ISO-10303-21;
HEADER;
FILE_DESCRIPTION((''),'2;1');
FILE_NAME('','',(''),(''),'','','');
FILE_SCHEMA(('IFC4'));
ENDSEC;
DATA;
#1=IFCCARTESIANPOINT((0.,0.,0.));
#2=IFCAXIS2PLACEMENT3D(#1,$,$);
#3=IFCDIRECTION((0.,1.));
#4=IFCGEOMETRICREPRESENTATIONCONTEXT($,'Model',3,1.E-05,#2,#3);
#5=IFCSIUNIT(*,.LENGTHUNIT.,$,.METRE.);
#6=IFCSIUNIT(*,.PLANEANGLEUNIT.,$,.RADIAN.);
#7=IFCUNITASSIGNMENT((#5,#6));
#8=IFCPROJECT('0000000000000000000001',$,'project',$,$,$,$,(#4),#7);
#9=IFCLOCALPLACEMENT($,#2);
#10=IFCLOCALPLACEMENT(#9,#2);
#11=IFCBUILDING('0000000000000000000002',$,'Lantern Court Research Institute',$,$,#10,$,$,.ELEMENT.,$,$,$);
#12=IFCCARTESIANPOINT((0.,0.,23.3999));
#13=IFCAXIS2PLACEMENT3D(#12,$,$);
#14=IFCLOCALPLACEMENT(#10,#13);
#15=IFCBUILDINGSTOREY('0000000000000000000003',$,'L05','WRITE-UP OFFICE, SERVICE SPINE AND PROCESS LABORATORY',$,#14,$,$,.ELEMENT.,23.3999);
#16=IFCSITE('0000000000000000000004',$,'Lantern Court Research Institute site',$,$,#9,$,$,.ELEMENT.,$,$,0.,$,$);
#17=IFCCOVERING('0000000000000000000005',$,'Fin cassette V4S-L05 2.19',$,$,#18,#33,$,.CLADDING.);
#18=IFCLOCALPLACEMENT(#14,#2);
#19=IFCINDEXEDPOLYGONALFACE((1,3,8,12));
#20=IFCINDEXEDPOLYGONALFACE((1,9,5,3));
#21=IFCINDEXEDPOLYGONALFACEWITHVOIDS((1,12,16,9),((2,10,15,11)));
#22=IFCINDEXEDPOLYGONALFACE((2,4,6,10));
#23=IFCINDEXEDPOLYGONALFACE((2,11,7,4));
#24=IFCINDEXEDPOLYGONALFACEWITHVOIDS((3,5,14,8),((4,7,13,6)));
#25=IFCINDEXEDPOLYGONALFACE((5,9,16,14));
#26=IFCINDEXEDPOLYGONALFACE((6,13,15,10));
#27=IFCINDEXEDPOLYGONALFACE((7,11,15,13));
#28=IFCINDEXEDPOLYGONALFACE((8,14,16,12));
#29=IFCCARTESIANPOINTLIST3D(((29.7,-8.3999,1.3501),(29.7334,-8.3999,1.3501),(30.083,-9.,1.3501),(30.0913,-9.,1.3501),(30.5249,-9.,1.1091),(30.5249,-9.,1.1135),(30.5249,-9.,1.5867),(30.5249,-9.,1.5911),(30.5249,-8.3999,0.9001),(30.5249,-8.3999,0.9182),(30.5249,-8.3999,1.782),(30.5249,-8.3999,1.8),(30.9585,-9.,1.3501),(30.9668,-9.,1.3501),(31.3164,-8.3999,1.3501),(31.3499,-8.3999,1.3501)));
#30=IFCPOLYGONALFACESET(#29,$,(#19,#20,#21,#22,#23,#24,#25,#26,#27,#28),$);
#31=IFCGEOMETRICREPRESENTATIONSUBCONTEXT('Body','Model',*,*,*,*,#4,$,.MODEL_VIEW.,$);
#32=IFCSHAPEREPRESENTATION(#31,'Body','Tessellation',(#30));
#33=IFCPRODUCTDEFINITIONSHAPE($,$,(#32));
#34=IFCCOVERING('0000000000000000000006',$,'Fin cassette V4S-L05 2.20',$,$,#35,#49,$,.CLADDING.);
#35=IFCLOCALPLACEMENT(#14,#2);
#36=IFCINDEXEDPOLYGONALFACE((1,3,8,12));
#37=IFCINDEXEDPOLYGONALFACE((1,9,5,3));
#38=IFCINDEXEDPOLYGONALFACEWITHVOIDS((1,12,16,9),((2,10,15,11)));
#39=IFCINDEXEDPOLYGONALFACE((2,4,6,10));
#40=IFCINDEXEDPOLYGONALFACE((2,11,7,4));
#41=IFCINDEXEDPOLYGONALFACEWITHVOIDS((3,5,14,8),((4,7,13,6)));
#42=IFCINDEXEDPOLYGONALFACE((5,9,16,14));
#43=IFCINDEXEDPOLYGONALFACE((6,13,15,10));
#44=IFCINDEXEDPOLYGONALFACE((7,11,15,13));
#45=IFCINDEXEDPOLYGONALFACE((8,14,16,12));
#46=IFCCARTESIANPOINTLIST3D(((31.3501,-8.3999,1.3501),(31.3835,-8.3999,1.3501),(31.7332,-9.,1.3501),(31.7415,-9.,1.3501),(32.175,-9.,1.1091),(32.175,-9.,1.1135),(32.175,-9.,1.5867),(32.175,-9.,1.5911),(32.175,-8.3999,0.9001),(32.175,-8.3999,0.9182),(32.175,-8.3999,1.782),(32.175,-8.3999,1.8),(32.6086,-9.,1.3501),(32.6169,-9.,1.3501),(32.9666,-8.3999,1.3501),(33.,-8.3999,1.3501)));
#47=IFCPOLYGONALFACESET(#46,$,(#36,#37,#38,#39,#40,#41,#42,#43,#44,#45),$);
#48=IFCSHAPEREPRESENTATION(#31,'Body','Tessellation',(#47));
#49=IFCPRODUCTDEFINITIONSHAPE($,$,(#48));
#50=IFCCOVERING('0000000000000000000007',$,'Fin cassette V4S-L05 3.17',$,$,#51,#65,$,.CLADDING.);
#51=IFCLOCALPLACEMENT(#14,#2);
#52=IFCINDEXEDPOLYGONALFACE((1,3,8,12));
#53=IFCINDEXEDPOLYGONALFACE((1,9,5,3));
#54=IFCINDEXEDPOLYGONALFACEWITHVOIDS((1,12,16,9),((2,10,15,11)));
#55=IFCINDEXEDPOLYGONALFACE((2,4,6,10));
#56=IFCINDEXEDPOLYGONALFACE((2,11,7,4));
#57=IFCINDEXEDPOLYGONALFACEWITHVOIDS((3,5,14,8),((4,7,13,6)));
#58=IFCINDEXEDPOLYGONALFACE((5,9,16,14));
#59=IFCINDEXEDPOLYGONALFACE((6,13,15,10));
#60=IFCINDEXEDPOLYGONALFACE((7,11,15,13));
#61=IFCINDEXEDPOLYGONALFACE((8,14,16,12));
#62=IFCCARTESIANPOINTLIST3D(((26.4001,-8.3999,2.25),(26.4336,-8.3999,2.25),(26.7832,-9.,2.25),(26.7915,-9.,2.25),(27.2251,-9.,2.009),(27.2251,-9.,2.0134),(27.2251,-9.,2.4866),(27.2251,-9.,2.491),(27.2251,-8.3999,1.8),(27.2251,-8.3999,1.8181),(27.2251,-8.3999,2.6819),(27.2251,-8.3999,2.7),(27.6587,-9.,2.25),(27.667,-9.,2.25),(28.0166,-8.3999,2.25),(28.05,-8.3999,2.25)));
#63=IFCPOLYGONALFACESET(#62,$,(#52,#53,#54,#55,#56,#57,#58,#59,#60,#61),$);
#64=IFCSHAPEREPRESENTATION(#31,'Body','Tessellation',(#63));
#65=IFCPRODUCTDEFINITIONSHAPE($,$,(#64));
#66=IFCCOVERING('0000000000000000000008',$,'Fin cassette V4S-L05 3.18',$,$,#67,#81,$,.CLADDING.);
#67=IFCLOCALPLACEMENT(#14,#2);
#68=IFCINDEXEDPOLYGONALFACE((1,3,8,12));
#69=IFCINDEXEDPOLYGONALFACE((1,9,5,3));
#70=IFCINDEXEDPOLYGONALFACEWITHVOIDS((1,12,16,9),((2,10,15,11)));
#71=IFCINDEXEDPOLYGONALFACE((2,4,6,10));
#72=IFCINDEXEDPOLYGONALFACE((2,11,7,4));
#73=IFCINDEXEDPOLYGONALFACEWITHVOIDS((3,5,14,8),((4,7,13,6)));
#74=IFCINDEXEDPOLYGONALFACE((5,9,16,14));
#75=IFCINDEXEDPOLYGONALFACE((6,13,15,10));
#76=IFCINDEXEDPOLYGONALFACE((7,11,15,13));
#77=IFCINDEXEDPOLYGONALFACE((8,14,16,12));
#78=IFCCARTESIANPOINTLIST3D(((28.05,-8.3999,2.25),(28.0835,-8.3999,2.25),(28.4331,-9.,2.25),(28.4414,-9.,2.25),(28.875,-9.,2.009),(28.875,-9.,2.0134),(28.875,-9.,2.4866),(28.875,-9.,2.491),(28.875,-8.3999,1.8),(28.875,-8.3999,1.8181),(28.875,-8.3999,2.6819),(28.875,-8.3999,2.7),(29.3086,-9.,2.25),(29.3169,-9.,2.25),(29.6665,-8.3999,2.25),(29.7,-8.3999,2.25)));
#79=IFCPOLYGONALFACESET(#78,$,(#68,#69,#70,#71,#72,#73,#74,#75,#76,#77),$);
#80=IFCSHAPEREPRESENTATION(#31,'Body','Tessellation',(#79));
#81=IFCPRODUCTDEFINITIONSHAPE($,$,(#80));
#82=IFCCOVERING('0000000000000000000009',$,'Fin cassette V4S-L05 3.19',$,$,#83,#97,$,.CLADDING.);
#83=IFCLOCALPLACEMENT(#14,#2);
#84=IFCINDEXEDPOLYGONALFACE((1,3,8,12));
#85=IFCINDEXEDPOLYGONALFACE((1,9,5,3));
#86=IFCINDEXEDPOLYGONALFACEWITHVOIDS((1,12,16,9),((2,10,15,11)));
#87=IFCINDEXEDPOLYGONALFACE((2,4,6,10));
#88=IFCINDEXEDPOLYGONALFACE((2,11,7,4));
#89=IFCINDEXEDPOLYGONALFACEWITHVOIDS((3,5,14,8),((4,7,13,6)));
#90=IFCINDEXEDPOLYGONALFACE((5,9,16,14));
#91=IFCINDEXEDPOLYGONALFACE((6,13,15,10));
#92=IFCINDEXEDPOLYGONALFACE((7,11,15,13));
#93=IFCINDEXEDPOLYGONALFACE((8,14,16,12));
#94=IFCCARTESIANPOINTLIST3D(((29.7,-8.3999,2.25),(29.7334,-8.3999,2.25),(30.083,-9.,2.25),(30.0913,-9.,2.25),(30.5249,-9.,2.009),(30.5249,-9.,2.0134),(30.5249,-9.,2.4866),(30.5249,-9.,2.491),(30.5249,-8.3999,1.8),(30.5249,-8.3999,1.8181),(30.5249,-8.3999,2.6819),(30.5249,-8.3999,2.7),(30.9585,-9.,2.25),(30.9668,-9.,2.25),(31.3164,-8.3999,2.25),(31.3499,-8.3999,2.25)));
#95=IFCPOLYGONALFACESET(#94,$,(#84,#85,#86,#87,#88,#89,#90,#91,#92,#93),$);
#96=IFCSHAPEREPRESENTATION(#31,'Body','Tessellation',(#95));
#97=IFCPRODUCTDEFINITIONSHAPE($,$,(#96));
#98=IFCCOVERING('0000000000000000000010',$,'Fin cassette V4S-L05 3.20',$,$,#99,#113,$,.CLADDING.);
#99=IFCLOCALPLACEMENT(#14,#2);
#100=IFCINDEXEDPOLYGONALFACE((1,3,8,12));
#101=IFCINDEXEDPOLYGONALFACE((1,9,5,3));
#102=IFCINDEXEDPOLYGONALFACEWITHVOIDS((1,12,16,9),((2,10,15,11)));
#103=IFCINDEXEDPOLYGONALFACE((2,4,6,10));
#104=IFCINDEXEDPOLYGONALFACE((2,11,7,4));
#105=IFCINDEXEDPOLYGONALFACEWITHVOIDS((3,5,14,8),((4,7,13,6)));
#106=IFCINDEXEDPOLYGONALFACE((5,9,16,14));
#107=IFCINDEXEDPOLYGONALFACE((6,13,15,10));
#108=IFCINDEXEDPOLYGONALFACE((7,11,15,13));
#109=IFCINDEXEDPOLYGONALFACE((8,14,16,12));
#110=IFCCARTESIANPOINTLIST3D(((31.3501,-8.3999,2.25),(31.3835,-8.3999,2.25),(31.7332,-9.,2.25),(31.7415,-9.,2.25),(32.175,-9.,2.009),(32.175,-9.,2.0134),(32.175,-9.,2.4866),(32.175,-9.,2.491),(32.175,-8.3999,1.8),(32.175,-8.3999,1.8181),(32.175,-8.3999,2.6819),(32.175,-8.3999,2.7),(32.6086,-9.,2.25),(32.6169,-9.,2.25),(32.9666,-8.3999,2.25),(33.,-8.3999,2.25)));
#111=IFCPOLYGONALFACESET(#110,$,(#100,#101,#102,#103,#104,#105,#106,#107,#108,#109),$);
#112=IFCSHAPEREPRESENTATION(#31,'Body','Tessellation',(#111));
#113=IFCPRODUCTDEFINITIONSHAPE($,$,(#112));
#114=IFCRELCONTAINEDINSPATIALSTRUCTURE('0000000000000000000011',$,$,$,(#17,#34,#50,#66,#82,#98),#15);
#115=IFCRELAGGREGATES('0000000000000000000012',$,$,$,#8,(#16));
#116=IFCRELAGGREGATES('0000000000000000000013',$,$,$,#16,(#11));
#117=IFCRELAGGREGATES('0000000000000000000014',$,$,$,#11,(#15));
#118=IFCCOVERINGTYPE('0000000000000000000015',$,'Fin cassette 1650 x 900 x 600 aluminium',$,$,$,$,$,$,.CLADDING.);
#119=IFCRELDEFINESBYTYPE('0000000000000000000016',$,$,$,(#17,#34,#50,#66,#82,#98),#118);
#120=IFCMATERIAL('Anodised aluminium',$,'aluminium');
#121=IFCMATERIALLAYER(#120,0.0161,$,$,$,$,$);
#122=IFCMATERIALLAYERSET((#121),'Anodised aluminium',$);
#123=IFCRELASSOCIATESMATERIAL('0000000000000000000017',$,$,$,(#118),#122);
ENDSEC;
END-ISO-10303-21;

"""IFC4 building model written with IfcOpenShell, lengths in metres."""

from ifc_helpers import new_model, entity, si_unit, direction, frame, origin, place, context, subcontext, project, spatial, material, layer, layer_set, type_object, element, save


model = new_model("IFC4")

# Units and contexts
model_context = context("Model", 3, precision=1e-05, world=origin(), true_north=direction((0.0, 1.0)))
body_context = subcontext(model_context, "Body", "Model", "MODEL_VIEW")
ifc_project = project(units=[si_unit("LENGTHUNIT", "METRE"), si_unit("PLANEANGLEUNIT", "RADIAN")], contexts=[model_context])

# Site, building, storey
site_placement = place(None, origin())
site = spatial("IfcSite", under=ifc_project, at=site_placement, Name="Lantern Court Research Institute site", CompositionType="ELEMENT", RefElevation=0.0)
building_placement = place(site_placement, origin())
building = spatial("IfcBuilding", under=site, at=building_placement, Name="Lantern Court Research Institute", CompositionType="ELEMENT")
storey_placement = place(building_placement, frame((0.0, 0.0, 23.3999)))
storey = spatial("IfcBuildingStorey", under=building, at=storey_placement, Name="L05", Description="WRITE-UP OFFICE, SERVICE SPINE AND PROCESS LABORATORY", CompositionType="ELEMENT", Elevation=23.3999)

# Coverings
ifc_material_1 = material(Name="Anodised aluminium", Category="aluminium")
ifc_layer_1 = layer(ifc_material_1, 0.0161)
ifc_layer_set_1 = layer_set([ifc_layer_1], Name="Anodised aluminium")
covering_type = type_object("IfcCoveringType", Name="Fin cassette 1650 x 900 x 600 aluminium", PredefinedType="CLADDING", material=ifc_layer_set_1)
covering_1_placement = place(storey_placement, frame((30.5249, -8.3999, 1.3501), z_axis=(0.0, -1.0, 0.0), x_axis=(1.0, 0.0, 0.0)))
cartesian_point_1 = entity("IfcCartesianPoint", [0.825, 0.0])
cartesian_point_2 = entity("IfcCartesianPoint", [0.7915, 0.0])
cartesian_point_3 = entity("IfcCartesianPoint", [0.4419, 0.0])
cartesian_point_4 = entity("IfcCartesianPoint", [0.4336, 0.0])
element("IfcCovering", 1, at=covering_1_placement, inside=storey, type_object=covering_type, Name="Fin cassette V4S-L05 2.19", PredefinedType="CLADDING", context=body_context, shape_type="SweptSolid", body=[
    entity("IfcExtrudedAreaSolidTapered", entity("IfcArbitraryProfileDefWithVoids", "AREA", None, entity("IfcPolyline", [cartesian_point_1, entity("IfcCartesianPoint", [0.0, 0.45]), entity("IfcCartesianPoint", [-0.825, 0.0]), entity("IfcCartesianPoint", [0.0, -0.45]), cartesian_point_1]), [entity("IfcPolyline", [cartesian_point_2, entity("IfcCartesianPoint", [0.0, 0.4319]), entity("IfcCartesianPoint", [-0.7915, 0.0]), entity("IfcCartesianPoint", [0.0, -0.4319]), cartesian_point_2])]), entity("IfcAxis2Placement3D", entity("IfcCartesianPoint", [0.0, 0.0, 0.0])), entity("IfcDirection", [0.0, 0.0, 1.0]), 0.6001, entity("IfcArbitraryProfileDefWithVoids", "AREA", None, entity("IfcPolyline", [cartesian_point_3, entity("IfcCartesianPoint", [0.0, 0.241]), entity("IfcCartesianPoint", [-0.4419, 0.0]), entity("IfcCartesianPoint", [0.0, -0.241]), cartesian_point_3]), [entity("IfcPolyline", [cartesian_point_4, entity("IfcCartesianPoint", [0.0, 0.2366]), entity("IfcCartesianPoint", [-0.4336, 0.0]), entity("IfcCartesianPoint", [0.0, -0.2366]), cartesian_point_4])])),
])
covering_2_placement = place(storey_placement, frame((32.175, -8.3999, 1.3501), z_axis=(0.0, -1.0, 0.0), x_axis=(1.0, 0.0, 0.0)))
cartesian_point_5 = entity("IfcCartesianPoint", [0.825, 0.0])
cartesian_point_6 = entity("IfcCartesianPoint", [0.7915, 0.0])
cartesian_point_7 = entity("IfcCartesianPoint", [0.4419, 0.0])
cartesian_point_8 = entity("IfcCartesianPoint", [0.4336, 0.0])
element("IfcCovering", 2, at=covering_2_placement, inside=storey, type_object=covering_type, Name="Fin cassette V4S-L05 2.20", PredefinedType="CLADDING", context=body_context, shape_type="SweptSolid", body=[
    entity("IfcExtrudedAreaSolidTapered", entity("IfcArbitraryProfileDefWithVoids", "AREA", None, entity("IfcPolyline", [cartesian_point_5, entity("IfcCartesianPoint", [0.0, 0.45]), entity("IfcCartesianPoint", [-0.825, 0.0]), entity("IfcCartesianPoint", [0.0, -0.45]), cartesian_point_5]), [entity("IfcPolyline", [cartesian_point_6, entity("IfcCartesianPoint", [0.0, 0.4319]), entity("IfcCartesianPoint", [-0.7915, 0.0]), entity("IfcCartesianPoint", [0.0, -0.4319]), cartesian_point_6])]), entity("IfcAxis2Placement3D", entity("IfcCartesianPoint", [0.0, 0.0, 0.0])), entity("IfcDirection", [0.0, 0.0, 1.0]), 0.6001, entity("IfcArbitraryProfileDefWithVoids", "AREA", None, entity("IfcPolyline", [cartesian_point_7, entity("IfcCartesianPoint", [0.0, 0.241]), entity("IfcCartesianPoint", [-0.4419, 0.0]), entity("IfcCartesianPoint", [0.0, -0.241]), cartesian_point_7]), [entity("IfcPolyline", [cartesian_point_8, entity("IfcCartesianPoint", [0.0, 0.2366]), entity("IfcCartesianPoint", [-0.4336, 0.0]), entity("IfcCartesianPoint", [0.0, -0.2366]), cartesian_point_8])])),
])
covering_3_placement = place(storey_placement, frame((27.2251, -8.3999, 2.25), z_axis=(0.0, -1.0, 0.0), x_axis=(1.0, 0.0, 0.0)))
cartesian_point_9 = entity("IfcCartesianPoint", [0.825, 0.0])
cartesian_point_10 = entity("IfcCartesianPoint", [0.7915, 0.0])
cartesian_point_11 = entity("IfcCartesianPoint", [0.4419, 0.0])
cartesian_point_12 = entity("IfcCartesianPoint", [0.4336, 0.0])
element("IfcCovering", 3, at=covering_3_placement, inside=storey, type_object=covering_type, Name="Fin cassette V4S-L05 3.17", PredefinedType="CLADDING", context=body_context, shape_type="SweptSolid", body=[
    entity("IfcExtrudedAreaSolidTapered", entity("IfcArbitraryProfileDefWithVoids", "AREA", None, entity("IfcPolyline", [cartesian_point_9, entity("IfcCartesianPoint", [0.0, 0.45]), entity("IfcCartesianPoint", [-0.825, 0.0]), entity("IfcCartesianPoint", [0.0, -0.45]), cartesian_point_9]), [entity("IfcPolyline", [cartesian_point_10, entity("IfcCartesianPoint", [0.0, 0.4319]), entity("IfcCartesianPoint", [-0.7915, 0.0]), entity("IfcCartesianPoint", [0.0, -0.4319]), cartesian_point_10])]), entity("IfcAxis2Placement3D", entity("IfcCartesianPoint", [0.0, 0.0, 0.0])), entity("IfcDirection", [0.0, 0.0, 1.0]), 0.6001, entity("IfcArbitraryProfileDefWithVoids", "AREA", None, entity("IfcPolyline", [cartesian_point_11, entity("IfcCartesianPoint", [0.0, 0.241]), entity("IfcCartesianPoint", [-0.4419, 0.0]), entity("IfcCartesianPoint", [0.0, -0.241]), cartesian_point_11]), [entity("IfcPolyline", [cartesian_point_12, entity("IfcCartesianPoint", [0.0, 0.2366]), entity("IfcCartesianPoint", [-0.4336, 0.0]), entity("IfcCartesianPoint", [0.0, -0.2366]), cartesian_point_12])])),
])
covering_4_placement = place(storey_placement, frame((28.875, -8.3999, 2.25), z_axis=(0.0, -1.0, 0.0), x_axis=(1.0, 0.0, 0.0)))
cartesian_point_13 = entity("IfcCartesianPoint", [0.825, 0.0])
cartesian_point_14 = entity("IfcCartesianPoint", [0.7915, 0.0])
cartesian_point_15 = entity("IfcCartesianPoint", [0.4419, 0.0])
cartesian_point_16 = entity("IfcCartesianPoint", [0.4336, 0.0])
element("IfcCovering", 4, at=covering_4_placement, inside=storey, type_object=covering_type, Name="Fin cassette V4S-L05 3.18", PredefinedType="CLADDING", context=body_context, shape_type="SweptSolid", body=[
    entity("IfcExtrudedAreaSolidTapered", entity("IfcArbitraryProfileDefWithVoids", "AREA", None, entity("IfcPolyline", [cartesian_point_13, entity("IfcCartesianPoint", [0.0, 0.45]), entity("IfcCartesianPoint", [-0.825, 0.0]), entity("IfcCartesianPoint", [0.0, -0.45]), cartesian_point_13]), [entity("IfcPolyline", [cartesian_point_14, entity("IfcCartesianPoint", [0.0, 0.4319]), entity("IfcCartesianPoint", [-0.7915, 0.0]), entity("IfcCartesianPoint", [0.0, -0.4319]), cartesian_point_14])]), entity("IfcAxis2Placement3D", entity("IfcCartesianPoint", [0.0, 0.0, 0.0])), entity("IfcDirection", [0.0, 0.0, 1.0]), 0.6001, entity("IfcArbitraryProfileDefWithVoids", "AREA", None, entity("IfcPolyline", [cartesian_point_15, entity("IfcCartesianPoint", [0.0, 0.241]), entity("IfcCartesianPoint", [-0.4419, 0.0]), entity("IfcCartesianPoint", [0.0, -0.241]), cartesian_point_15]), [entity("IfcPolyline", [cartesian_point_16, entity("IfcCartesianPoint", [0.0, 0.2366]), entity("IfcCartesianPoint", [-0.4336, 0.0]), entity("IfcCartesianPoint", [0.0, -0.2366]), cartesian_point_16])])),
])
covering_5_placement = place(storey_placement, frame((30.5249, -8.3999, 2.25), z_axis=(0.0, -1.0, 0.0), x_axis=(1.0, 0.0, 0.0)))
cartesian_point_17 = entity("IfcCartesianPoint", [0.825, 0.0])
cartesian_point_18 = entity("IfcCartesianPoint", [0.7915, 0.0])
cartesian_point_19 = entity("IfcCartesianPoint", [0.4419, 0.0])
cartesian_point_20 = entity("IfcCartesianPoint", [0.4336, 0.0])
element("IfcCovering", 5, at=covering_5_placement, inside=storey, type_object=covering_type, Name="Fin cassette V4S-L05 3.19", PredefinedType="CLADDING", context=body_context, shape_type="SweptSolid", body=[
    entity("IfcExtrudedAreaSolidTapered", entity("IfcArbitraryProfileDefWithVoids", "AREA", None, entity("IfcPolyline", [cartesian_point_17, entity("IfcCartesianPoint", [0.0, 0.45]), entity("IfcCartesianPoint", [-0.825, 0.0]), entity("IfcCartesianPoint", [0.0, -0.45]), cartesian_point_17]), [entity("IfcPolyline", [cartesian_point_18, entity("IfcCartesianPoint", [0.0, 0.4319]), entity("IfcCartesianPoint", [-0.7915, 0.0]), entity("IfcCartesianPoint", [0.0, -0.4319]), cartesian_point_18])]), entity("IfcAxis2Placement3D", entity("IfcCartesianPoint", [0.0, 0.0, 0.0])), entity("IfcDirection", [0.0, 0.0, 1.0]), 0.6001, entity("IfcArbitraryProfileDefWithVoids", "AREA", None, entity("IfcPolyline", [cartesian_point_19, entity("IfcCartesianPoint", [0.0, 0.241]), entity("IfcCartesianPoint", [-0.4419, 0.0]), entity("IfcCartesianPoint", [0.0, -0.241]), cartesian_point_19]), [entity("IfcPolyline", [cartesian_point_20, entity("IfcCartesianPoint", [0.0, 0.2366]), entity("IfcCartesianPoint", [-0.4336, 0.0]), entity("IfcCartesianPoint", [0.0, -0.2366]), cartesian_point_20])])),
])
covering_6_placement = place(storey_placement, frame((32.175, -8.3999, 2.25), z_axis=(0.0, -1.0, 0.0), x_axis=(1.0, 0.0, 0.0)))
cartesian_point_21 = entity("IfcCartesianPoint", [0.825, 0.0])
cartesian_point_22 = entity("IfcCartesianPoint", [0.7915, 0.0])
cartesian_point_23 = entity("IfcCartesianPoint", [0.4419, 0.0])
cartesian_point_24 = entity("IfcCartesianPoint", [0.4336, 0.0])
element("IfcCovering", 6, at=covering_6_placement, inside=storey, type_object=covering_type, Name="Fin cassette V4S-L05 3.20", PredefinedType="CLADDING", context=body_context, shape_type="SweptSolid", body=[
    entity("IfcExtrudedAreaSolidTapered", entity("IfcArbitraryProfileDefWithVoids", "AREA", None, entity("IfcPolyline", [cartesian_point_21, entity("IfcCartesianPoint", [0.0, 0.45]), entity("IfcCartesianPoint", [-0.825, 0.0]), entity("IfcCartesianPoint", [0.0, -0.45]), cartesian_point_21]), [entity("IfcPolyline", [cartesian_point_22, entity("IfcCartesianPoint", [0.0, 0.4319]), entity("IfcCartesianPoint", [-0.7915, 0.0]), entity("IfcCartesianPoint", [0.0, -0.4319]), cartesian_point_22])]), entity("IfcAxis2Placement3D", entity("IfcCartesianPoint", [0.0, 0.0, 0.0])), entity("IfcDirection", [0.0, 0.0, 1.0]), 0.6001, entity("IfcArbitraryProfileDefWithVoids", "AREA", None, entity("IfcPolyline", [cartesian_point_23, entity("IfcCartesianPoint", [0.0, 0.241]), entity("IfcCartesianPoint", [-0.4419, 0.0]), entity("IfcCartesianPoint", [0.0, -0.241]), cartesian_point_23]), [entity("IfcPolyline", [cartesian_point_24, entity("IfcCartesianPoint", [0.0, 0.2366]), entity("IfcCartesianPoint", [-0.4336, 0.0]), entity("IfcCartesianPoint", [0.0, -0.2366]), cartesian_point_24])])),
])

save(model, "model.ifc")
